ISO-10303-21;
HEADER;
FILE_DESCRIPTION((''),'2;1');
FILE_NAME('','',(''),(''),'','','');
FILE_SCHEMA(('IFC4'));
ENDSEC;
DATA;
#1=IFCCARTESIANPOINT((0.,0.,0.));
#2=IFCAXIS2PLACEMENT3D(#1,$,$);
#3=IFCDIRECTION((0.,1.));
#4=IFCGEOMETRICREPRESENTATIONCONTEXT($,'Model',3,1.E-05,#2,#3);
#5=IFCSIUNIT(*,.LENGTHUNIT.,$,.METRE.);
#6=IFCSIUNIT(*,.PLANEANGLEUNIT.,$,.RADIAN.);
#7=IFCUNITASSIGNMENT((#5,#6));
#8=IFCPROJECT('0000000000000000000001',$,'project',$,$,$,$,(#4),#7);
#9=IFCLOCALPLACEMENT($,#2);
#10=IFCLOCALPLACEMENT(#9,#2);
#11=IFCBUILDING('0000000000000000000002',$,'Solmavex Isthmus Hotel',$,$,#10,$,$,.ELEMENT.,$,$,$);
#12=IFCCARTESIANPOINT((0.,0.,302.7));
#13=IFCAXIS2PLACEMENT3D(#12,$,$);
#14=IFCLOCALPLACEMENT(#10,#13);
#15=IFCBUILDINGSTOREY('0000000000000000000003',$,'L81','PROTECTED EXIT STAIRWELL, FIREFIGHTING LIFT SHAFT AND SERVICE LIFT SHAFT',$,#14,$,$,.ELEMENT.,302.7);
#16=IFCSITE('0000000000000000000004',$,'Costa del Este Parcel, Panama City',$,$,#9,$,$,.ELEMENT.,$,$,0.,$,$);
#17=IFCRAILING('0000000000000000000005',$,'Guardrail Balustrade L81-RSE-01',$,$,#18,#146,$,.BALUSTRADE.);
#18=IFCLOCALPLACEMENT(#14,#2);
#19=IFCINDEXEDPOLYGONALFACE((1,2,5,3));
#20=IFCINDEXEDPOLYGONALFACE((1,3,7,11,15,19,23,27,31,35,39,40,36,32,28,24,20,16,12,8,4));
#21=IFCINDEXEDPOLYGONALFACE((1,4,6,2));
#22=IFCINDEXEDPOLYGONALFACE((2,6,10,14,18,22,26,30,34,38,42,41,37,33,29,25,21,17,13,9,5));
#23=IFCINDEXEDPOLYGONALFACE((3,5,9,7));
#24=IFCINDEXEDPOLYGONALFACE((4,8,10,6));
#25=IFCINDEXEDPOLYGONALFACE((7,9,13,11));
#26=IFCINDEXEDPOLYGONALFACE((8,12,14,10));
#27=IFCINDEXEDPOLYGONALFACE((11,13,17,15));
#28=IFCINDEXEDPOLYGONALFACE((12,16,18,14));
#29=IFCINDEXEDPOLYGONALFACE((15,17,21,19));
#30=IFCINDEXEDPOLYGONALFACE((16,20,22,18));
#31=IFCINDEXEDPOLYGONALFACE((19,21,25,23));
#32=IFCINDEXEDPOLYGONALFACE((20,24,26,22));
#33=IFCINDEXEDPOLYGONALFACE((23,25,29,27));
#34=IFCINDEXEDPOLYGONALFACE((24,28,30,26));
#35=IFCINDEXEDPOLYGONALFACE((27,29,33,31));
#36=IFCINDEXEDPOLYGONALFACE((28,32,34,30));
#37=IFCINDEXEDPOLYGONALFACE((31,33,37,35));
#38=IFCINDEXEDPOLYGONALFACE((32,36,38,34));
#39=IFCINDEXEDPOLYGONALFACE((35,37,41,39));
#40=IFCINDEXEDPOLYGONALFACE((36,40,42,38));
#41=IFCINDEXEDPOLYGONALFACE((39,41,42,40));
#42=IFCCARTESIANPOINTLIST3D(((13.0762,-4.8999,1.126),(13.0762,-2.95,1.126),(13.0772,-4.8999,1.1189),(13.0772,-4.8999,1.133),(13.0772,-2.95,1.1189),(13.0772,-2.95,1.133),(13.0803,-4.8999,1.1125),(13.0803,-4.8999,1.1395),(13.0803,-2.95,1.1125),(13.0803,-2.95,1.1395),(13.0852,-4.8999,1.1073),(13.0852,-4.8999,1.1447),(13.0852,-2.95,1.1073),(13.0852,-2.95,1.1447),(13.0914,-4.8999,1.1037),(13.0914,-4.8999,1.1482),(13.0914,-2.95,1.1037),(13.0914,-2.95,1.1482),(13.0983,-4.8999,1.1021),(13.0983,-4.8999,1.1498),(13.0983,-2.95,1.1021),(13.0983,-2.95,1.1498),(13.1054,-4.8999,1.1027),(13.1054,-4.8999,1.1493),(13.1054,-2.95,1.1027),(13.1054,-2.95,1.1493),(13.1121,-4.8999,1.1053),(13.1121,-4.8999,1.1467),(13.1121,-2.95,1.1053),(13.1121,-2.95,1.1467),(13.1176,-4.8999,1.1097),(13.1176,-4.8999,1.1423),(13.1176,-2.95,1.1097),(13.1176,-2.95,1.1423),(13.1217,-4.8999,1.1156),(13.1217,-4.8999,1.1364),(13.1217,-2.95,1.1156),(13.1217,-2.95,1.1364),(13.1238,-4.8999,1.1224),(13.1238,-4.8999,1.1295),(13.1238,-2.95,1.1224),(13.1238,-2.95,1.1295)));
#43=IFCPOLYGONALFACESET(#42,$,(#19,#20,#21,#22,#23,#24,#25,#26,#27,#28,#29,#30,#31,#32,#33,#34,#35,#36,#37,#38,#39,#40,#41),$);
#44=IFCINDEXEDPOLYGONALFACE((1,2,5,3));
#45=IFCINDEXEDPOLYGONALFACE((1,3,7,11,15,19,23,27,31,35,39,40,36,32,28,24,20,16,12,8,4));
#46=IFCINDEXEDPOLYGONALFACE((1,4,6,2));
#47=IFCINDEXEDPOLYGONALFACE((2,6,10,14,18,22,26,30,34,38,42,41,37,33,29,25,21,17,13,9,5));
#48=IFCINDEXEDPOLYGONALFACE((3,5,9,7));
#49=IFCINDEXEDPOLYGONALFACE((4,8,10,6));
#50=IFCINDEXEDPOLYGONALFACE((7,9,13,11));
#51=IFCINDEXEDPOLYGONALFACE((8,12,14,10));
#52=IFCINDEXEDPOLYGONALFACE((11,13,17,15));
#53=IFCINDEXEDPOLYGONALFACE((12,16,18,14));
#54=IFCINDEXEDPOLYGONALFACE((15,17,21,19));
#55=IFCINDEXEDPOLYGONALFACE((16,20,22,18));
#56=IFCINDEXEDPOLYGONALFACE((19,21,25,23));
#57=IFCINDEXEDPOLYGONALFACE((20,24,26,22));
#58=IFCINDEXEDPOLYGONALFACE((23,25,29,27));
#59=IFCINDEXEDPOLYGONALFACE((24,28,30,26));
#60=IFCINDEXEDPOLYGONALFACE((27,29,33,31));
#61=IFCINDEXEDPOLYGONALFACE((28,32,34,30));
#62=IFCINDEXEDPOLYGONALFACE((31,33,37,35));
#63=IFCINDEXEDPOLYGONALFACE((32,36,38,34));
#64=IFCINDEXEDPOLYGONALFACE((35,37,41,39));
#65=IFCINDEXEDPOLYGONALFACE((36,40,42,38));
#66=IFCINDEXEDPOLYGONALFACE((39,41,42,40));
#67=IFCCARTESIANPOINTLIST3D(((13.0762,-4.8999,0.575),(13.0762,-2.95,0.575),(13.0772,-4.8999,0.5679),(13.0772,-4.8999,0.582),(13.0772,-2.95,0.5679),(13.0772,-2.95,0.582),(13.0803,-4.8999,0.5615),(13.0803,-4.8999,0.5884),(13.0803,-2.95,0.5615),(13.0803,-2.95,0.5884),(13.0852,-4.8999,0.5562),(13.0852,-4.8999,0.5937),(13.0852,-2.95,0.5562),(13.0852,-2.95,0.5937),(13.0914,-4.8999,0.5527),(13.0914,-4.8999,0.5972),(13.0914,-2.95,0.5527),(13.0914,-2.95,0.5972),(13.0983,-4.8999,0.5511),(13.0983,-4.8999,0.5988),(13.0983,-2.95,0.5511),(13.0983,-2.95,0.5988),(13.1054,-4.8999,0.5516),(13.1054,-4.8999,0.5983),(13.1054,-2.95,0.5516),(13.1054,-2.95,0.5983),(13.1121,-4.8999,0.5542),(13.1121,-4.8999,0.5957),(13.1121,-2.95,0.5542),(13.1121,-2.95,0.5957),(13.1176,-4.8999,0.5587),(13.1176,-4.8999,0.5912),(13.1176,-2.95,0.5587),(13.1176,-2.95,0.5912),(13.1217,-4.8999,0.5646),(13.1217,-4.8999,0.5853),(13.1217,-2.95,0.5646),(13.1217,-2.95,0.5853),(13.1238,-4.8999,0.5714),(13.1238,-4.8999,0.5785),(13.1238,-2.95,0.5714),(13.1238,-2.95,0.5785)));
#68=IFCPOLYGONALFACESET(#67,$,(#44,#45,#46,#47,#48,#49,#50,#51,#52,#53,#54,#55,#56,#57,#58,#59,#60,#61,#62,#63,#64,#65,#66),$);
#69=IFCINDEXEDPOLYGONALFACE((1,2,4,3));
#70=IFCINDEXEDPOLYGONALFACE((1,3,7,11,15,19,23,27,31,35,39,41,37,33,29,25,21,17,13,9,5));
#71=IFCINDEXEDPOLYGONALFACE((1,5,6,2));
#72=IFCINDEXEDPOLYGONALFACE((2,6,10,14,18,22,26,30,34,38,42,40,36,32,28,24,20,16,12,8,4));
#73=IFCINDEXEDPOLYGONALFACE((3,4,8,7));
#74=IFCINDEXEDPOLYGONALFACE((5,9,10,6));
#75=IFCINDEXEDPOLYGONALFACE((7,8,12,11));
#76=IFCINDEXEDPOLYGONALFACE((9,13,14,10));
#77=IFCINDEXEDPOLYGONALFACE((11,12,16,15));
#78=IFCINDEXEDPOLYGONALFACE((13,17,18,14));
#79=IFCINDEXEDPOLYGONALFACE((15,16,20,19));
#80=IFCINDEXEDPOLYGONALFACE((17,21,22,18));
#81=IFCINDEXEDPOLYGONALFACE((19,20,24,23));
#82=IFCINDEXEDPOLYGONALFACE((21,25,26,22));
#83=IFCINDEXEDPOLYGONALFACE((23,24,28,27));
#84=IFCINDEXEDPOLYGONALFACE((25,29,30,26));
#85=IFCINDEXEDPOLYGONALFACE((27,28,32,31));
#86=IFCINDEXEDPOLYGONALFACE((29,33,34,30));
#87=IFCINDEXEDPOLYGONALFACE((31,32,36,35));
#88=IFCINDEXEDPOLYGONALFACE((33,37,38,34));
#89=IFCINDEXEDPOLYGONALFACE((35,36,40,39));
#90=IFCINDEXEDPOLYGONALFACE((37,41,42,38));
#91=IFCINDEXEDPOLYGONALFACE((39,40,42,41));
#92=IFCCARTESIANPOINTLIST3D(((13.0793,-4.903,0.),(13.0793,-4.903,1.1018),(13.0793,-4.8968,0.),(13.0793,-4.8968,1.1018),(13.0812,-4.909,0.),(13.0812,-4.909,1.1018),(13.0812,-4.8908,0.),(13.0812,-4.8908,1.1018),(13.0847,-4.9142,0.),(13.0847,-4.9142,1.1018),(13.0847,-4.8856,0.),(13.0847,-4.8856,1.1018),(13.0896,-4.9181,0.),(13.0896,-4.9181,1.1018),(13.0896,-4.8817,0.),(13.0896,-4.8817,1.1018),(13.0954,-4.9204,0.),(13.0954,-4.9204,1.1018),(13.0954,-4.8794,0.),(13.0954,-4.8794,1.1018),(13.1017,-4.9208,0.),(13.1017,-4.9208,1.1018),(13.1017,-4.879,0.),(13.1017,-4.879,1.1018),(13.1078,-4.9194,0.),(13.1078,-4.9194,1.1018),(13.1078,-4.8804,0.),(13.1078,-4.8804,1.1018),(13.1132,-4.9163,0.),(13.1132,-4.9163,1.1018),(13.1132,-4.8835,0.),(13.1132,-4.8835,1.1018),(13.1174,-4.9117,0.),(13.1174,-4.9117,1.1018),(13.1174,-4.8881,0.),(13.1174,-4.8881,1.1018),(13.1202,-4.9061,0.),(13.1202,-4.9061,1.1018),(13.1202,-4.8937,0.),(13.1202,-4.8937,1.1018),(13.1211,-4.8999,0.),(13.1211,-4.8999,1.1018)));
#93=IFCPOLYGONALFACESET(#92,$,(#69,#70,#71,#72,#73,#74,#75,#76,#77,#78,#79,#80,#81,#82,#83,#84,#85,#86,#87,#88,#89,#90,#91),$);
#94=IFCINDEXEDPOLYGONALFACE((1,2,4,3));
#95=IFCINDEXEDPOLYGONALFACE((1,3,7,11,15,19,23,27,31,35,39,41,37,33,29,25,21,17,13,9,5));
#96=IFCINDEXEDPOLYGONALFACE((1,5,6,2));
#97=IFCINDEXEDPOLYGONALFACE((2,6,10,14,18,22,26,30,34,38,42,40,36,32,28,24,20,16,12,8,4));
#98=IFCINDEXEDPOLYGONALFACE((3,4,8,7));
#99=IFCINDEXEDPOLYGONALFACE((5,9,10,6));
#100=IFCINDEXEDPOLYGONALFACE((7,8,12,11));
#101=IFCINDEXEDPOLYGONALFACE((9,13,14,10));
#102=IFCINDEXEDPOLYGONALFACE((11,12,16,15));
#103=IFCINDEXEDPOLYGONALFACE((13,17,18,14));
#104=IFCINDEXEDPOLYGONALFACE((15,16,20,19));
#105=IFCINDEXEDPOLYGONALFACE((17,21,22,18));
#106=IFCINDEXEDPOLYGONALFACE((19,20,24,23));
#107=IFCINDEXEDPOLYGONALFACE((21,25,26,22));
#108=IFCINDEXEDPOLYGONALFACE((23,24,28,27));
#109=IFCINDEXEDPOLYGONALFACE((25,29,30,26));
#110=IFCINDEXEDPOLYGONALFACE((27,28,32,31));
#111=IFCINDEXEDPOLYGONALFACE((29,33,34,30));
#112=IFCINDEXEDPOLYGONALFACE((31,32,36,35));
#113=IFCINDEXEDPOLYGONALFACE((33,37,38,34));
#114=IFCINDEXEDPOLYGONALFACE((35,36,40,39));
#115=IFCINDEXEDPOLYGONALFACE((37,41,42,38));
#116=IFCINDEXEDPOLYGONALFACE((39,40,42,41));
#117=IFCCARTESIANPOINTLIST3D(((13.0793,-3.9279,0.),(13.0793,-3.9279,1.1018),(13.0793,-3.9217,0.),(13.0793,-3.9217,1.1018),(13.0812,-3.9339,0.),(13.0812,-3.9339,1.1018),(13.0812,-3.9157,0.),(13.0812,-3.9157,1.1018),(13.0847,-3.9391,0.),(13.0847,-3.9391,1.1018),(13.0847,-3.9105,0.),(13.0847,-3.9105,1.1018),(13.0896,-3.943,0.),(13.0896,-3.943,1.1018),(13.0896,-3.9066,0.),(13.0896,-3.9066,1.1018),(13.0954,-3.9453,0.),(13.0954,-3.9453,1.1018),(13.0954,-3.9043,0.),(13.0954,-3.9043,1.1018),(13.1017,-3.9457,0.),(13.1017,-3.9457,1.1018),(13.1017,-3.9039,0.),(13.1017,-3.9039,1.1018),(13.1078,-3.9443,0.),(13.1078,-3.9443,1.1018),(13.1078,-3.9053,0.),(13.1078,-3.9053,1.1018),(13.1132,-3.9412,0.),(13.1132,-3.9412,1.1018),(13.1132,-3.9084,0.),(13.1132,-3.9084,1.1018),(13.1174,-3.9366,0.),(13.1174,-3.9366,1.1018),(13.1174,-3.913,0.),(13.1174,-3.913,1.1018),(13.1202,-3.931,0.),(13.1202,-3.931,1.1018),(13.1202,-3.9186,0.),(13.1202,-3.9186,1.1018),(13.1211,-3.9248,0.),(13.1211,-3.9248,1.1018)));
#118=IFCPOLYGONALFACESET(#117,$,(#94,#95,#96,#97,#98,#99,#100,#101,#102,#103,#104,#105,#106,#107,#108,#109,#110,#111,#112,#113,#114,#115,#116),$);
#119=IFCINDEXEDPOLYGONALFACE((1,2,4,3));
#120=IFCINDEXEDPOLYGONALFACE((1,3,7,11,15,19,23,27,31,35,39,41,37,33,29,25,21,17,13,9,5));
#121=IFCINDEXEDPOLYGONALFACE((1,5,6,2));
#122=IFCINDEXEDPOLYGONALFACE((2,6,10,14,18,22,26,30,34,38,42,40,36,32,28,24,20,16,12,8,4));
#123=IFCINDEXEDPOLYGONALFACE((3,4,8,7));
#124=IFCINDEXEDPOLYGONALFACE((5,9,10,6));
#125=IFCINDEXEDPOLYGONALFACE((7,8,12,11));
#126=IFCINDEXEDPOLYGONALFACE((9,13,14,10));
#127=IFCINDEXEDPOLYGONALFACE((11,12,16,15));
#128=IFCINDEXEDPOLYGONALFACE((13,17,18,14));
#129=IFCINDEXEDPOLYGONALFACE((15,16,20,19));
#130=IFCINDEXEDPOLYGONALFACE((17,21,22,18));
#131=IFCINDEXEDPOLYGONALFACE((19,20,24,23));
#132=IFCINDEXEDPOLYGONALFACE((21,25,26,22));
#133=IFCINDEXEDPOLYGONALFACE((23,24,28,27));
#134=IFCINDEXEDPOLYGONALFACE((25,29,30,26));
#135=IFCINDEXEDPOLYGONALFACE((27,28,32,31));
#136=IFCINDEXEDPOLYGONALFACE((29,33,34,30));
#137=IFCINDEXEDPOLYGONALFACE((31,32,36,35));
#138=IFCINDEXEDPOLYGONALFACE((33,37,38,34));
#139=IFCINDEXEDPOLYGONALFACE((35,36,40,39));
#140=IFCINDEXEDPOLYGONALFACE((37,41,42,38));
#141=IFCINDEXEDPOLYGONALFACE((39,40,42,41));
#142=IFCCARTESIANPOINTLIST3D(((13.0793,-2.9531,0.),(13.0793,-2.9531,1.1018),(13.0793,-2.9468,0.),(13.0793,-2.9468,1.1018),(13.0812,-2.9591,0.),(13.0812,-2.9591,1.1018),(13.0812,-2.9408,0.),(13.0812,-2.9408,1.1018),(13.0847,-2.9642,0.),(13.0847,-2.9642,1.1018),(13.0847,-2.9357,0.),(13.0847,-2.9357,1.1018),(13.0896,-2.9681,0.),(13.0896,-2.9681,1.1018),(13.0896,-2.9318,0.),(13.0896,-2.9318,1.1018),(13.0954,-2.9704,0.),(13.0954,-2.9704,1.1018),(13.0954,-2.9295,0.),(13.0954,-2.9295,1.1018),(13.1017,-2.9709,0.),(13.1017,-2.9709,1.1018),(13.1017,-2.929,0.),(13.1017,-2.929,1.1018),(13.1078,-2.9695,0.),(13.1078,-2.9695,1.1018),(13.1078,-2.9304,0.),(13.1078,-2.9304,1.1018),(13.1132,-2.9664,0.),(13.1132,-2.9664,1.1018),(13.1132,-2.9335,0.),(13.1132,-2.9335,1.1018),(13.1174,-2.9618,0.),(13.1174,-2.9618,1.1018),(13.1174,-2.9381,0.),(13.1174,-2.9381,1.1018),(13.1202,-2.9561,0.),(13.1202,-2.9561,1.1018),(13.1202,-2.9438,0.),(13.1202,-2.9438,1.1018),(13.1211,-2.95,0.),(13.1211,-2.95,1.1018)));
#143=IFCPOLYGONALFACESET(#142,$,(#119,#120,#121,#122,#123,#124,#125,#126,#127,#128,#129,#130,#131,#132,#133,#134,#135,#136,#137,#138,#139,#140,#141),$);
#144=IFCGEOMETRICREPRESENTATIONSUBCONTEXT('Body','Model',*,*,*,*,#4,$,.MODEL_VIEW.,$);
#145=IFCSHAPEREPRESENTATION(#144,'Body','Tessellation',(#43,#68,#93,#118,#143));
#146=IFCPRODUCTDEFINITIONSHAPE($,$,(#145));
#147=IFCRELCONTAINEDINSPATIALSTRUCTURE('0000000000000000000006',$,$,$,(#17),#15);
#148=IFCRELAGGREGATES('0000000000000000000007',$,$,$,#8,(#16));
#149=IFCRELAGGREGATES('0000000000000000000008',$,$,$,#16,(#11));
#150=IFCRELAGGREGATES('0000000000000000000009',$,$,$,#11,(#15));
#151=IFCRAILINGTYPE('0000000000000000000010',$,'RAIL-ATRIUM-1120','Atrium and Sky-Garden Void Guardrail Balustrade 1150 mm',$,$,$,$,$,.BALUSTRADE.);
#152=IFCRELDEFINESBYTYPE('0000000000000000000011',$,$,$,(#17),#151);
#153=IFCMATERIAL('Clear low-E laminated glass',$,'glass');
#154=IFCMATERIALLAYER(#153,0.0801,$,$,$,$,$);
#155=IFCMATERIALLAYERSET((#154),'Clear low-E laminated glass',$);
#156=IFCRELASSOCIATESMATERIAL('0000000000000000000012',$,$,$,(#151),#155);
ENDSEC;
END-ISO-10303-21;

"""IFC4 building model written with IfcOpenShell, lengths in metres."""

from ifc_helpers import new_model, si_unit, direction, frame, origin, origin_2d, place, context, subcontext, project, spatial, circle, extrude, material, layer, layer_set, type_object, element, save


model = new_model("IFC4")

# Units and contexts
model_context = context("Model", 3, precision=1e-05, world=origin(), true_north=direction((0.0, 1.0)))
body_context = subcontext(model_context, "Body", "Model", "MODEL_VIEW")
ifc_project = project(units=[si_unit("LENGTHUNIT", "METRE"), si_unit("PLANEANGLEUNIT", "RADIAN")], contexts=[model_context])

# Site, building, storey
site_placement = place(None, origin())
site = spatial("IfcSite", under=ifc_project, at=site_placement, Name="Costa del Este Parcel, Panama City", CompositionType="ELEMENT", RefElevation=0.0)
building_placement = place(site_placement, origin())
building = spatial("IfcBuilding", under=site, at=building_placement, Name="Solmavex Isthmus Hotel", CompositionType="ELEMENT")
storey_placement = place(building_placement, frame((0.0, 0.0, 302.7)))
storey = spatial("IfcBuildingStorey", under=building, at=storey_placement, Name="L81", Description="PROTECTED EXIT STAIRWELL, FIREFIGHTING LIFT SHAFT AND SERVICE LIFT SHAFT", CompositionType="ELEMENT", Elevation=302.7)

# Railing
ifc_material_1 = material(Name="Clear low-E laminated glass", Category="glass")
ifc_layer_1 = layer(ifc_material_1, 0.0801)
ifc_layer_set_1 = layer_set([ifc_layer_1], Name="Clear low-E laminated glass")
railing_type_1 = type_object("IfcRailingType", Name="RAIL-ATRIUM-1120", Description="Atrium and Sky-Garden Void Guardrail Balustrade 1150 mm", PredefinedType="BALUSTRADE", material=ifc_layer_set_1)
railing_1_placement = place(storey_placement, frame((13.1001, -4.8999, 0.0)))
element("IfcRailing", 1, at=railing_1_placement, inside=storey, type_object=railing_type_1, Name="Guardrail Balustrade L81-RSE-01", PredefinedType="BALUSTRADE", context=body_context, shape_type="SweptSolid", body=[
    extrude(circle(Radius=0.0239, at=origin_2d()), frame((0.0, 0.0, 1.126), z_axis=(0.0, 1.0, 0.0), x_axis=(-1.0, 0.0, 0.0)), (0.0, 0.0, 1.0), 1.95),
    extrude(circle(Radius=0.0239, at=origin_2d()), frame((0.0, 0.0, 0.575), z_axis=(0.0, 1.0, 0.0), x_axis=(-1.0, 0.0, 0.0)), (0.0, 0.0, 1.0), 1.95),
    extrude(circle(Radius=0.021, at=origin_2d()), origin(), (0.0, 0.0, 1.0), 1.1018),
    extrude(circle(Radius=0.021, at=origin_2d()), frame((0.0, 0.9751, 0.0)), (0.0, 0.0, 1.0), 1.1018),
    extrude(circle(Radius=0.021, at=origin_2d()), frame((0.0, 1.95, 0.0)), (0.0, 0.0, 1.0), 1.1018),
])

save(model, "model.ifc")
